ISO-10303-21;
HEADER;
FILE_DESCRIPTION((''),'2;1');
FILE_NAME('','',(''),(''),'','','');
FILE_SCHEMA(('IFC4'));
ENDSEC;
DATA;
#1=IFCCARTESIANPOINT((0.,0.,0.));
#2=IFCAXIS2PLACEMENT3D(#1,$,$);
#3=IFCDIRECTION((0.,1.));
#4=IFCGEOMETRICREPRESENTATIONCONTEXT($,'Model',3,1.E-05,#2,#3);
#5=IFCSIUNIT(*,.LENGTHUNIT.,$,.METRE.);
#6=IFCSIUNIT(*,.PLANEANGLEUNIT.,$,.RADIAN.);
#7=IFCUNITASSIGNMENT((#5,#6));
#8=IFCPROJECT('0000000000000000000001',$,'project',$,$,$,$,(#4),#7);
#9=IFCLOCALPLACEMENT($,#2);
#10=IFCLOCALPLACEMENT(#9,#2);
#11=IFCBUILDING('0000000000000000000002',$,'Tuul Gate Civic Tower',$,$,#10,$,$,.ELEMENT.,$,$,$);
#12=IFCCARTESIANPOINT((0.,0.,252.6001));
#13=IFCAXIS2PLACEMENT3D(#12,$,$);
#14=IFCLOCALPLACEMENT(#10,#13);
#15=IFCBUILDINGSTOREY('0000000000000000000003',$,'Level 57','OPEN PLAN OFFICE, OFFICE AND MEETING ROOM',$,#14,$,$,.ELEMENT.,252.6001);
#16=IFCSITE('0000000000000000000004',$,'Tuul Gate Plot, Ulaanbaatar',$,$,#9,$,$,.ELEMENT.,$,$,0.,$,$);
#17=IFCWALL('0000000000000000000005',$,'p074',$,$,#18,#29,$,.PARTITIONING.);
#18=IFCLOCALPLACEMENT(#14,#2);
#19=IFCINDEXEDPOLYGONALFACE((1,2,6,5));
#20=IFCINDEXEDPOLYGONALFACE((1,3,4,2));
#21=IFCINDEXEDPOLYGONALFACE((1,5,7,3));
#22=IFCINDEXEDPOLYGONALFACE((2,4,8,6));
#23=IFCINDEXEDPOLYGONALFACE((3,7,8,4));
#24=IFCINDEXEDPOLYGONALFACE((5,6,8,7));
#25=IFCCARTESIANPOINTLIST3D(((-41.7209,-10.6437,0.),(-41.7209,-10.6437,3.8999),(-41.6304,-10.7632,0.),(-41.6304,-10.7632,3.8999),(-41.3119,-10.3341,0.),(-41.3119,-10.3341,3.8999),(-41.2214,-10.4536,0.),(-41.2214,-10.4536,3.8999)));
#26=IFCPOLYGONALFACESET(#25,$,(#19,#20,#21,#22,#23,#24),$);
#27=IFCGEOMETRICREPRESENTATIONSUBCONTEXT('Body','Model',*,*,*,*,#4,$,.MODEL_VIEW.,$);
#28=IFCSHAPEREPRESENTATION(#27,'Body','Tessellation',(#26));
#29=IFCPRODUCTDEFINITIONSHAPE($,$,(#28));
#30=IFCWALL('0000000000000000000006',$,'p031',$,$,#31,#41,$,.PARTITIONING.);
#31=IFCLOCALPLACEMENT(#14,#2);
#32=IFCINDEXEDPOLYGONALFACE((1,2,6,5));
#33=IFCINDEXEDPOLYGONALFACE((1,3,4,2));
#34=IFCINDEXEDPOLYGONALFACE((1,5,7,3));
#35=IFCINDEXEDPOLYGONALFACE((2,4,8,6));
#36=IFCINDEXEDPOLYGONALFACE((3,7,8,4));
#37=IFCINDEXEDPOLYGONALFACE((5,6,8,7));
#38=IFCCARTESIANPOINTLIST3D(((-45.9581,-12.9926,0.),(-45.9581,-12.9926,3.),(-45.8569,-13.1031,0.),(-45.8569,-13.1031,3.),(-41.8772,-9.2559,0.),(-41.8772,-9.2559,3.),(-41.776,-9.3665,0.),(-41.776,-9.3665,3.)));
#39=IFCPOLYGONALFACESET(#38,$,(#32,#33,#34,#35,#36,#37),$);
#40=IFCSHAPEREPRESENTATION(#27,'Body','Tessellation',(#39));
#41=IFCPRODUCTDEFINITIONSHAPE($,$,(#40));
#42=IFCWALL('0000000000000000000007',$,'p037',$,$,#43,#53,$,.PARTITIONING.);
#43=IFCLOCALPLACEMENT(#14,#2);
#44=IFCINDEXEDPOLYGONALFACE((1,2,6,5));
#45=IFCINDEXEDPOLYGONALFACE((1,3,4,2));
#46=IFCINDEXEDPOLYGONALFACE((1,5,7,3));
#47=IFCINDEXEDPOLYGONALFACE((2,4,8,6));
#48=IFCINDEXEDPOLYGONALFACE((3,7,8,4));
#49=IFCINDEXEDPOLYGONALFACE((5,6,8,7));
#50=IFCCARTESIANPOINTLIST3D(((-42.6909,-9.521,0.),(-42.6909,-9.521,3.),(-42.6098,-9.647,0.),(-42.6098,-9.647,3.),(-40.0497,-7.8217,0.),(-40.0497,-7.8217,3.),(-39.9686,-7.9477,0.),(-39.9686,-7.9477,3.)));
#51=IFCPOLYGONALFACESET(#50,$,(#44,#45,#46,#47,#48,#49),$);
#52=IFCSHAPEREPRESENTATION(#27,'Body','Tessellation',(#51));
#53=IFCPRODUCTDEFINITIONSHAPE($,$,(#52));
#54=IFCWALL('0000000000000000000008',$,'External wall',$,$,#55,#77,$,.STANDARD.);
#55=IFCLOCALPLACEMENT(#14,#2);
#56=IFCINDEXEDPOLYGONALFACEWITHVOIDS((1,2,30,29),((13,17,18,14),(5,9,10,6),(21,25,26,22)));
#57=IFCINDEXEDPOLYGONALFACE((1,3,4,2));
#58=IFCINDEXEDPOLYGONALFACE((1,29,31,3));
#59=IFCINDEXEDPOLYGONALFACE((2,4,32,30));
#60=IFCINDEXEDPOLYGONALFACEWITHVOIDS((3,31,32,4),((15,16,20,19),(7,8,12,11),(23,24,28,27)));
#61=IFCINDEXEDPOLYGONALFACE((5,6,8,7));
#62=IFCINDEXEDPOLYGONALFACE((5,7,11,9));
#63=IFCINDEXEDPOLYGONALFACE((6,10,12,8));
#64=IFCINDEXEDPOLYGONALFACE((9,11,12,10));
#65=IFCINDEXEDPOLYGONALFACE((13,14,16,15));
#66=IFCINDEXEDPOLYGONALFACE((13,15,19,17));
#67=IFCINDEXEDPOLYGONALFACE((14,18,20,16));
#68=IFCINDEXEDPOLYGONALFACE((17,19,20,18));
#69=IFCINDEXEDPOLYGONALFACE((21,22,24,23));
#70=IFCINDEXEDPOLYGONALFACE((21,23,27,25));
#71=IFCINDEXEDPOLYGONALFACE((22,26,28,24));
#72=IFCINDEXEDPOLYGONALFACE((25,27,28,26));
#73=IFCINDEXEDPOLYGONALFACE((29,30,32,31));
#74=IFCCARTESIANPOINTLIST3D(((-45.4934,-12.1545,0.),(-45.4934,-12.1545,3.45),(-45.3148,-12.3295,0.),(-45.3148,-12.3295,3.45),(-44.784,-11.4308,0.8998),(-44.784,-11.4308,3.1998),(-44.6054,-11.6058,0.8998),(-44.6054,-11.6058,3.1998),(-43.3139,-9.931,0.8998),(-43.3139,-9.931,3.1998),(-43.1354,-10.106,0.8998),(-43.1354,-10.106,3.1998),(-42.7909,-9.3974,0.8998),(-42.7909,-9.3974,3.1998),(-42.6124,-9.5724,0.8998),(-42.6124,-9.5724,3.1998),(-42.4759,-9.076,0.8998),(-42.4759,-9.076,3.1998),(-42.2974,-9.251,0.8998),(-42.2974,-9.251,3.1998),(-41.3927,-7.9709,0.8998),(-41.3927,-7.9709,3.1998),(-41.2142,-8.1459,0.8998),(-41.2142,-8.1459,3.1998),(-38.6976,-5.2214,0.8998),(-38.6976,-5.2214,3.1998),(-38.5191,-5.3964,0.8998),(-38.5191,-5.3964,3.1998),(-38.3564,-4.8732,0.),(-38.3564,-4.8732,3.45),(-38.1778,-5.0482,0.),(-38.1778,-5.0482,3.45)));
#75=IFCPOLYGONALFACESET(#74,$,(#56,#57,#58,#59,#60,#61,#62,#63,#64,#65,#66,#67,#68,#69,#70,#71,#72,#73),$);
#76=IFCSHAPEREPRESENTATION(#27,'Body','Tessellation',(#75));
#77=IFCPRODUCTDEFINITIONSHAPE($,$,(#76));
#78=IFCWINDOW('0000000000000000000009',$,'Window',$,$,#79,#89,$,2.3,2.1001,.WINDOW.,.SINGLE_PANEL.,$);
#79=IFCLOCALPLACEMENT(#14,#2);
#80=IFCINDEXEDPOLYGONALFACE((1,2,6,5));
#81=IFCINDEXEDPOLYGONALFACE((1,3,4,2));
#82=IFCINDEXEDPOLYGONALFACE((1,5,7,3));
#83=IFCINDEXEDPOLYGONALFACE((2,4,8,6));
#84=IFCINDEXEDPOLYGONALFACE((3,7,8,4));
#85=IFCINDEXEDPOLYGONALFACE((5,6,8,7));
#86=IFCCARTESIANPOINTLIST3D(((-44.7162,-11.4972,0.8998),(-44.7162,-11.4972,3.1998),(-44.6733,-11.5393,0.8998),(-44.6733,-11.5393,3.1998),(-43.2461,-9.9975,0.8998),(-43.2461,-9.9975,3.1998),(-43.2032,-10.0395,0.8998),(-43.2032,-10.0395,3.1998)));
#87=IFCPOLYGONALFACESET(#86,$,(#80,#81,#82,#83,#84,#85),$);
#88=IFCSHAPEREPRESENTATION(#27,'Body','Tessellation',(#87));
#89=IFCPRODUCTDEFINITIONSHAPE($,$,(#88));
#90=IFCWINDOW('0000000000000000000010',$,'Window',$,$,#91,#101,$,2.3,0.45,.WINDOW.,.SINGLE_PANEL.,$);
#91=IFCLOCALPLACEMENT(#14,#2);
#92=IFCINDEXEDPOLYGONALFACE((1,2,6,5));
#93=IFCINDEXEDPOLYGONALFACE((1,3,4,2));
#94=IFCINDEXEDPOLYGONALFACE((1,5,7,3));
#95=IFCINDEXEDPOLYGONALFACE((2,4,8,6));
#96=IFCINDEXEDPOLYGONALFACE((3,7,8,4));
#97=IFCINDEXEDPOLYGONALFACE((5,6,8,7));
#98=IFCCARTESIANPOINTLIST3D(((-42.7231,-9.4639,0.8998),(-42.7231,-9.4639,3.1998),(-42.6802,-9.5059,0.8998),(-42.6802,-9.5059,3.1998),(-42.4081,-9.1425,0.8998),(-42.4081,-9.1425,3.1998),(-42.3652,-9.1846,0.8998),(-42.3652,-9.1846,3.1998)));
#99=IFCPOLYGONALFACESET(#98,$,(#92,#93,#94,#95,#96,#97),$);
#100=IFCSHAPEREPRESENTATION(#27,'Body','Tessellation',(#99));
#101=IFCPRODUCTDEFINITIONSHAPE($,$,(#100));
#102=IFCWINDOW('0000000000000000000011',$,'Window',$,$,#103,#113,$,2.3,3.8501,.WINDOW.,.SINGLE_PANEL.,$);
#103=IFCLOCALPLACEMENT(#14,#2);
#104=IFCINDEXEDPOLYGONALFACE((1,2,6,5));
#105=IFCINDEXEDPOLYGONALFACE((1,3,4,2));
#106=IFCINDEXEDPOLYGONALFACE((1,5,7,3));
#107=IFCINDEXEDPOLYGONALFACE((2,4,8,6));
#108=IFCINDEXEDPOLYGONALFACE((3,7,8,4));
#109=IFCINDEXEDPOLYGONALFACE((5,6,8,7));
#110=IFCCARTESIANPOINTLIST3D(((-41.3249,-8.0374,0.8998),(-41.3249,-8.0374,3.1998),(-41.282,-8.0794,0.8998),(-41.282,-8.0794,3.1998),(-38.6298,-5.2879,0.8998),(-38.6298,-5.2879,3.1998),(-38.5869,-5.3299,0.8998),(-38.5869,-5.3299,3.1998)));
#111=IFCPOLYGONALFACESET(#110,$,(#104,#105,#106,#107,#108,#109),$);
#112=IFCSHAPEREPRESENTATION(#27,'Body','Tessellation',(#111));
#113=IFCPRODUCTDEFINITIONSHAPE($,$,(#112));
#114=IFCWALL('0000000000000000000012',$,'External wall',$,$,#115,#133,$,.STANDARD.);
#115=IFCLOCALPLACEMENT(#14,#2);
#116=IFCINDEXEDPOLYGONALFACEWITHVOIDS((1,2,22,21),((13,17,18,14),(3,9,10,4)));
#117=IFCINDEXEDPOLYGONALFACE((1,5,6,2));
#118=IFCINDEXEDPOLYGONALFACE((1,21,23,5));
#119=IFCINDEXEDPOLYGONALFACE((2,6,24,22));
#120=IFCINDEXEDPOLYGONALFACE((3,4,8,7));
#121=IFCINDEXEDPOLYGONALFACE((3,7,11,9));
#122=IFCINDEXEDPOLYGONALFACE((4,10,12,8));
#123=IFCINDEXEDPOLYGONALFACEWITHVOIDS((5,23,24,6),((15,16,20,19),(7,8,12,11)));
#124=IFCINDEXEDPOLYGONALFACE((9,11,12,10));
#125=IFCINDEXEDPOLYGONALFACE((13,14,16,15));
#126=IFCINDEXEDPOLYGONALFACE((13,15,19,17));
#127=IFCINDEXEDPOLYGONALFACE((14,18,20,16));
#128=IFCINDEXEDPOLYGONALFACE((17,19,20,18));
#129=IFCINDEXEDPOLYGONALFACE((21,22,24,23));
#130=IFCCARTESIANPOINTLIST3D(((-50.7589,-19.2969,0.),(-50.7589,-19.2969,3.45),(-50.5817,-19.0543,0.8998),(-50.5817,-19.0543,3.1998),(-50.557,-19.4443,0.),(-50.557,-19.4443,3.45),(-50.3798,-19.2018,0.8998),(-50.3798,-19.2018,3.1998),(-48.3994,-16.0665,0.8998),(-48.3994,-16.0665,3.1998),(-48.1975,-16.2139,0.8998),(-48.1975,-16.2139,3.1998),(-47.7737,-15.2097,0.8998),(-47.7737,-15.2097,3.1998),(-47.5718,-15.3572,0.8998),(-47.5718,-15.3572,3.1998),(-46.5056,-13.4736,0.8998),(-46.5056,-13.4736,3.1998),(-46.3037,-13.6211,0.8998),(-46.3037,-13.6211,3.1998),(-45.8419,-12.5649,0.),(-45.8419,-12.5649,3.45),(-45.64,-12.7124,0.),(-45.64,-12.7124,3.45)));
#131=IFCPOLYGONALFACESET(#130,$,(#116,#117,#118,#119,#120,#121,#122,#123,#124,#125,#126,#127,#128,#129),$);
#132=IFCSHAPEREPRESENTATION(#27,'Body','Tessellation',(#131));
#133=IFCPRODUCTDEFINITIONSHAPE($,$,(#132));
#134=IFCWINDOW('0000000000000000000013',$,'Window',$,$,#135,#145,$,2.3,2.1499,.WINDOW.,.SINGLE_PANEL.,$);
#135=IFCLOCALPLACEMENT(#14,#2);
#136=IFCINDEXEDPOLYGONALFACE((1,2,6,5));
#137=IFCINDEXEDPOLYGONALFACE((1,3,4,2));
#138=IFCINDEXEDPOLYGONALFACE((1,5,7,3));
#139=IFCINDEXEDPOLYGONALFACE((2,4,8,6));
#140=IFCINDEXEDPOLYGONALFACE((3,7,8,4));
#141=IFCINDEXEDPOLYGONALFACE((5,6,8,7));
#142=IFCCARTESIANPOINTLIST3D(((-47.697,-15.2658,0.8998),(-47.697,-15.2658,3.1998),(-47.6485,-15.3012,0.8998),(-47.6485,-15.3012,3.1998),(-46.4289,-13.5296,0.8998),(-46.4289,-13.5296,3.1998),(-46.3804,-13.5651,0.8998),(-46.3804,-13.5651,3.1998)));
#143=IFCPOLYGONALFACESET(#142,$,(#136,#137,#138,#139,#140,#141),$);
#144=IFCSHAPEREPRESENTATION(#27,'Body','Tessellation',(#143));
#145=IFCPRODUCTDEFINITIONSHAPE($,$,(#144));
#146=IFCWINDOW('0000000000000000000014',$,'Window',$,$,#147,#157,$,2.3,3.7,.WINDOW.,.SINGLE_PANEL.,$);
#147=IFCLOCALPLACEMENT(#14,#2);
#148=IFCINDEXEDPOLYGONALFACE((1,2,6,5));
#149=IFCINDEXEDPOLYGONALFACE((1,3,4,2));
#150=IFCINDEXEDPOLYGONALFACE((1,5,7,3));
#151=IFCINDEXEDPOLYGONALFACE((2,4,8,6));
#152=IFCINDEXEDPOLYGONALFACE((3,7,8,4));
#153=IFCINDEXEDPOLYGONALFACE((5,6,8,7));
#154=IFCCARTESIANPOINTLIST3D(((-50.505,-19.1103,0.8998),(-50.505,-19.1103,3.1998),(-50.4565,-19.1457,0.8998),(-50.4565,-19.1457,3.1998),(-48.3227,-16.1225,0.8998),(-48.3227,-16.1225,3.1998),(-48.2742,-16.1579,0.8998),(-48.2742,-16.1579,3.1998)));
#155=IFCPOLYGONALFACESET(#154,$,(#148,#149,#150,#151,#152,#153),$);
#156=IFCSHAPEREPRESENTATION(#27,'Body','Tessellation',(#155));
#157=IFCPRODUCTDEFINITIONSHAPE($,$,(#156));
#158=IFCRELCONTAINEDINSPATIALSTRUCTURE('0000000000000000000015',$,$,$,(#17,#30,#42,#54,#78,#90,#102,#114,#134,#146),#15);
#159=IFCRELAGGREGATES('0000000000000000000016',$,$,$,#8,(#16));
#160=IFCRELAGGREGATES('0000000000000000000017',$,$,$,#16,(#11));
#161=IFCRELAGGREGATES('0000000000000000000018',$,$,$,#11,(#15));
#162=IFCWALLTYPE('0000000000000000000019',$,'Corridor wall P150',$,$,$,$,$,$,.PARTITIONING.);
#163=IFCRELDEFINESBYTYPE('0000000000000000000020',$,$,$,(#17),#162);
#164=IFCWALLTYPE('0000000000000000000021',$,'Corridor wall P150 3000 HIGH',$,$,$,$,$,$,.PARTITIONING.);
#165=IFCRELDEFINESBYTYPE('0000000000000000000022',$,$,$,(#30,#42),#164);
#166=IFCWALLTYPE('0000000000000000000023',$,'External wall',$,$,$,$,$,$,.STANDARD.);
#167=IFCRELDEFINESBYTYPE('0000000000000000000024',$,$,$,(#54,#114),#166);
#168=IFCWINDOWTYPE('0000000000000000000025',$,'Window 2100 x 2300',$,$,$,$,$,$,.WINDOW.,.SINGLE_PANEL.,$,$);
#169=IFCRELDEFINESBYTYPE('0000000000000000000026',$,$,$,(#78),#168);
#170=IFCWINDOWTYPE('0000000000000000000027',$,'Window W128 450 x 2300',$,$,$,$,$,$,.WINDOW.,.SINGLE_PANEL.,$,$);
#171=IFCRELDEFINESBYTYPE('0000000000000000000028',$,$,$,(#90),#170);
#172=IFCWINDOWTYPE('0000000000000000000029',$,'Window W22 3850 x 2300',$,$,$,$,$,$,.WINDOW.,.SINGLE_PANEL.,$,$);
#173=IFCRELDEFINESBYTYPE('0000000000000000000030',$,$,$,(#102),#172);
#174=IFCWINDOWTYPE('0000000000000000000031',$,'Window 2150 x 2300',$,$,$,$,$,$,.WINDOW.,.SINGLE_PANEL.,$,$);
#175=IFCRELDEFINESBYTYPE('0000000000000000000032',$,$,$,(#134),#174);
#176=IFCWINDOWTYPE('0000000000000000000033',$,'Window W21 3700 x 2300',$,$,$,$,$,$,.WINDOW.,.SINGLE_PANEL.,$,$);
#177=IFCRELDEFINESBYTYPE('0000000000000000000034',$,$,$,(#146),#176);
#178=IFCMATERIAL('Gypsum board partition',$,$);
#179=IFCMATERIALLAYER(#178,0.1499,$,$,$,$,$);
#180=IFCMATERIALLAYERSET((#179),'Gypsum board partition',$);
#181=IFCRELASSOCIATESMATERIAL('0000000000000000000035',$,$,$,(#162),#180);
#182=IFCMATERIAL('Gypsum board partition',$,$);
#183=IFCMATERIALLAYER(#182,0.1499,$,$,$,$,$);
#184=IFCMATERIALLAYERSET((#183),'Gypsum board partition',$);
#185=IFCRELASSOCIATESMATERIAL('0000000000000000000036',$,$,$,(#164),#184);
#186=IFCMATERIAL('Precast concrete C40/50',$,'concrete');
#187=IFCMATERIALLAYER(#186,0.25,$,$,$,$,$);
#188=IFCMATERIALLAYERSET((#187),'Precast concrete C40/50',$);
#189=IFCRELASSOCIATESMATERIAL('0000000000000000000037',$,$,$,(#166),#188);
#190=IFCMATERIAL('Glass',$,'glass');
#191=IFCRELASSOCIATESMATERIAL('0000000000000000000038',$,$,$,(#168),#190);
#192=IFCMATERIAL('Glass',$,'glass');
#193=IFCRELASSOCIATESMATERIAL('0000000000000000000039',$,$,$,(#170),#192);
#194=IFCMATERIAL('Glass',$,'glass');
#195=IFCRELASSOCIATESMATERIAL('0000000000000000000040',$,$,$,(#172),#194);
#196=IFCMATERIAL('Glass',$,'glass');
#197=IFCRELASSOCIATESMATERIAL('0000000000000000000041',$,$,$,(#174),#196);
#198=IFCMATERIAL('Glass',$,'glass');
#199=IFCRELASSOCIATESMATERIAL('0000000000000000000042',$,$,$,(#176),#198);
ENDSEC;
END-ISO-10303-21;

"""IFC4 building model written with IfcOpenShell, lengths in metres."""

from ifc_helpers import new_model, si_unit, direction, frame, frame_2d, origin, place, context, subcontext, project, spatial, rectangle, extrude, material, layer, layer_set, type_object, element, fill, save


model = new_model("IFC4")

# Units and contexts
model_context = context("Model", 3, precision=1e-05, world=origin(), true_north=direction((0.0, 1.0)))
body_context = subcontext(model_context, "Body", "Model", "MODEL_VIEW")
ifc_project = project(units=[si_unit("LENGTHUNIT", "METRE"), si_unit("PLANEANGLEUNIT", "RADIAN")], contexts=[model_context])

# Site, building, storey
site_placement = place(None, origin())
site = spatial("IfcSite", under=ifc_project, at=site_placement, Name="Tuul Gate Plot, Ulaanbaatar", CompositionType="ELEMENT", RefElevation=0.0)
building_placement = place(site_placement, origin())
building = spatial("IfcBuilding", under=site, at=building_placement, Name="Tuul Gate Civic Tower", CompositionType="ELEMENT")
storey_placement = place(building_placement, frame((0.0, 0.0, 252.6001)))
storey = spatial("IfcBuildingStorey", under=building, at=storey_placement, Name="Level 57", Description="OPEN PLAN OFFICE, OFFICE AND MEETING ROOM", CompositionType="ELEMENT", Elevation=252.6001)

# Shared definitions
ifc_material_1 = material(Name="Gypsum board partition")
ifc_layer_1 = layer(ifc_material_1, 0.1499)
ifc_layer_set_1 = layer_set([ifc_layer_1], Name="Gypsum board partition")
wall_type_1 = type_object("IfcWallType", Name="Corridor wall P150", PredefinedType="PARTITIONING", material=ifc_layer_set_1)

# Walls
wall_1_placement = place(storey_placement, frame((-41.6755, -10.7034, 0.0), z_axis=(0.0, 0.0, 1.0), x_axis=(0.797307, 0.603574, 0.0)))
element("IfcWall", 1, at=wall_1_placement, inside=storey, type_object=wall_type_1, Name="p074", PredefinedType="PARTITIONING", context=body_context, shape_type="SweptSolid", body=[
    extrude(rectangle(XDim=0.5129, YDim=0.1499, at=frame_2d((0.2563, 0.0))), origin(), (0.0, 0.0, 1.0), 3.8999),
])
ifc_material_2 = material(Name="Gypsum board partition")
ifc_layer_2 = layer(ifc_material_2, 0.1499)
ifc_layer_set_2 = layer_set([ifc_layer_2], Name="Gypsum board partition")
wall_type_2 = type_object("IfcWallType", Name="Corridor wall P150 3000 HIGH", PredefinedType="PARTITIONING", material=ifc_layer_set_2)
wall_2_placement = place(storey_placement, frame((-45.9075, -13.0479, 0.0), z_axis=(0.0, 0.0, 1.0), x_axis=(0.737529, 0.675315, 0.0)))
element("IfcWall", 2, at=wall_2_placement, inside=storey, type_object=wall_type_2, Name="p031", PredefinedType="PARTITIONING", context=body_context, shape_type="SweptSolid", body=[
    extrude(rectangle(XDim=5.5332, YDim=0.1499, at=frame_2d((2.7666, 0.0))), origin(), (0.0, 0.0, 1.0), 3.0),
])
wall_3_placement = place(storey_placement, frame((-42.6504, -9.584, 0.0), z_axis=(0.0, 0.0, 1.0), x_axis=(0.840981, 0.541064, 0.0)))
element("IfcWall", 3, at=wall_3_placement, inside=storey, type_object=wall_type_2, Name="p037", PredefinedType="PARTITIONING", context=body_context, shape_type="SweptSolid", body=[
    extrude(rectangle(XDim=3.1406, YDim=0.1499, at=frame_2d((1.5703, 0.0))), origin(), (0.0, 0.0, 1.0), 3.0),
])

# Walls, openings, windows
ifc_material_3 = material(Name="Precast concrete C40/50", Category="concrete")
ifc_layer_3 = layer(ifc_material_3, 0.25)
ifc_layer_set_3 = layer_set([ifc_layer_3], Name="Precast concrete C40/50")
wall_type_3 = type_object("IfcWallType", Name="External wall", PredefinedType="STANDARD", material=ifc_layer_set_3)
wall_4_placement = place(storey_placement, frame((-38.2671, -4.9607, 0.0), z_axis=(0.0, 0.0, 1.0), x_axis=(-0.699996, -0.714147, 0.0)))
wall_4 = element("IfcWall", 4, at=wall_4_placement, inside=storey, type_object=wall_type_3, Name="External wall", PredefinedType="STANDARD", context=body_context, shape_type="SweptSolid", body=[
    extrude(rectangle(XDim=10.1958, YDim=0.25, at=frame_2d((5.0979, 0.0))), origin(), (0.0, 0.0, 1.0), 3.45),
])
opening_1_placement = place(wall_4_placement, frame((0.4875, 0.0, 0.8999)))
opening_1 = element("IfcOpeningElement", 5, at=opening_1_placement, cuts=wall_4, PredefinedType="OPENING", context=body_context, shape_type="SweptSolid", body=[
    extrude(rectangle(XDim=3.8501, YDim=2.3, at=frame_2d((1.925, 1.1499))), frame((0.0, 0.135, 0.0), z_axis=(0.0, -1.0, 0.0), x_axis=(1.0, 0.0, 0.0)), (0.0, 0.0, 1.0), 0.27),
])
opening_2_placement = place(wall_4_placement, frame((5.885, 0.0, 0.8999)))
opening_2 = element("IfcOpeningElement", 6, at=opening_2_placement, cuts=wall_4, PredefinedType="OPENING", context=body_context, shape_type="SweptSolid", body=[
    extrude(rectangle(XDim=0.45, YDim=2.3, at=frame_2d((0.2251, 1.1499))), frame((0.0, 0.135, 0.0), z_axis=(0.0, -1.0, 0.0), x_axis=(1.0, 0.0, 0.0)), (0.0, 0.0, 1.0), 0.27),
])
opening_3_placement = place(wall_4_placement, frame((7.0823, 0.0, 0.8999)))
opening_3 = element("IfcOpeningElement", 7, at=opening_3_placement, cuts=wall_4, PredefinedType="OPENING", context=body_context, shape_type="SweptSolid", body=[
    extrude(rectangle(XDim=2.1001, YDim=2.3, at=frame_2d((1.05, 1.1499))), frame((0.0, 0.135, 0.0), z_axis=(0.0, -1.0, 0.0), x_axis=(1.0, 0.0, 0.0)), (0.0, 0.0, 1.0), 0.27),
])
ifc_material_4 = material(Name="Glass", Category="glass")
window_type_1 = type_object("IfcWindowType", Name="Window 2100 x 2300", PartitioningType="SINGLE_PANEL", PredefinedType="WINDOW", material=ifc_material_4)
window_1_placement = place(opening_3_placement, origin())
window_1 = element("IfcWindow", 8, at=window_1_placement, inside=storey, type_object=window_type_1, Name="Window", OverallHeight=2.3, OverallWidth=2.1001, PartitioningType="SINGLE_PANEL", PredefinedType="WINDOW", context=body_context, shape_type="SweptSolid", body=[
    extrude(rectangle(XDim=2.1001, YDim=2.3, at=frame_2d((1.05, 1.1499))), frame((0.0, 0.03, 0.0), z_axis=(0.0, -1.0, 0.0), x_axis=(1.0, 0.0, 0.0)), (0.0, 0.0, 1.0), 0.0601),
])
fill(opening_3, window_1)
ifc_material_5 = material(Name="Glass", Category="glass")
window_type_2 = type_object("IfcWindowType", Name="Window W128 450 x 2300", PartitioningType="SINGLE_PANEL", PredefinedType="WINDOW", material=ifc_material_5)
window_2_placement = place(opening_2_placement, origin())
window_2 = element("IfcWindow", 9, at=window_2_placement, inside=storey, type_object=window_type_2, Name="Window", OverallHeight=2.3, OverallWidth=0.45, PartitioningType="SINGLE_PANEL", PredefinedType="WINDOW", context=body_context, shape_type="SweptSolid", body=[
    extrude(rectangle(XDim=0.45, YDim=2.3, at=frame_2d((0.2251, 1.1499))), frame((0.0, 0.03, 0.0), z_axis=(0.0, -1.0, 0.0), x_axis=(1.0, 0.0, 0.0)), (0.0, 0.0, 1.0), 0.0601),
])
fill(opening_2, window_2)
ifc_material_6 = material(Name="Glass", Category="glass")
window_type_3 = type_object("IfcWindowType", Name="Window W22 3850 x 2300", PartitioningType="SINGLE_PANEL", PredefinedType="WINDOW", material=ifc_material_6)
window_3_placement = place(opening_1_placement, origin())
window_3 = element("IfcWindow", 10, at=window_3_placement, inside=storey, type_object=window_type_3, Name="Window", OverallHeight=2.3, OverallWidth=3.8501, PartitioningType="SINGLE_PANEL", PredefinedType="WINDOW", context=body_context, shape_type="SweptSolid", body=[
    extrude(rectangle(XDim=3.8501, YDim=2.3, at=frame_2d((1.925, 1.1499))), frame((0.0, 0.03, 0.0), z_axis=(0.0, -1.0, 0.0), x_axis=(1.0, 0.0, 0.0)), (0.0, 0.0, 1.0), 0.0601),
])
fill(opening_1, window_3)
wall_5_placement = place(storey_placement, frame((-45.741, -12.6387, 0.0), z_axis=(0.0, 0.0, 1.0), x_axis=(-0.589821, -0.807534, 0.0)))
wall_5 = element("IfcWall", 11, at=wall_5_placement, inside=storey, type_object=wall_type_3, Name="External wall", PredefinedType="STANDARD", context=body_context, shape_type="SweptSolid", body=[
    extrude(rectangle(XDim=8.3364, YDim=0.25, at=frame_2d((4.1682, 0.0))), origin(), (0.0, 0.0, 1.0), 3.45),
])
opening_4_placement = place(wall_5_placement, frame((4.3359, 0.0, 0.8999)))
opening_4 = element("IfcOpeningElement", 12, at=opening_4_placement, cuts=wall_5, PredefinedType="OPENING", context=body_context, shape_type="SweptSolid", body=[
    extrude(rectangle(XDim=3.7, YDim=2.3, at=frame_2d((1.8501, 1.1499))), frame((0.0, 0.135, 0.0), z_axis=(0.0, -1.0, 0.0), x_axis=(1.0, 0.0, 0.0)), (0.0, 0.0, 1.0), 0.27),
])
opening_5_placement = place(wall_5_placement, frame((1.1252, 0.0, 0.8999)))
opening_5 = element("IfcOpeningElement", 13, at=opening_5_placement, cuts=wall_5, PredefinedType="OPENING", context=body_context, shape_type="SweptSolid", body=[
    extrude(rectangle(XDim=2.1499, YDim=2.3, at=frame_2d((1.075, 1.1499))), frame((0.0, 0.135, 0.0), z_axis=(0.0, -1.0, 0.0), x_axis=(1.0, 0.0, 0.0)), (0.0, 0.0, 1.0), 0.27),
])
ifc_material_7 = material(Name="Glass", Category="glass")
window_type_4 = type_object("IfcWindowType", Name="Window 2150 x 2300", PartitioningType="SINGLE_PANEL", PredefinedType="WINDOW", material=ifc_material_7)
window_4_placement = place(opening_5_placement, origin())
window_4 = element("IfcWindow", 14, at=window_4_placement, inside=storey, type_object=window_type_4, Name="Window", OverallHeight=2.3, OverallWidth=2.1499, PartitioningType="SINGLE_PANEL", PredefinedType="WINDOW", context=body_context, shape_type="SweptSolid", body=[
    extrude(rectangle(XDim=2.1499, YDim=2.3, at=frame_2d((1.075, 1.1499))), frame((0.0, 0.03, 0.0), z_axis=(0.0, -1.0, 0.0), x_axis=(1.0, 0.0, 0.0)), (0.0, 0.0, 1.0), 0.0601),
])
fill(opening_5, window_4)
ifc_material_8 = material(Name="Glass", Category="glass")
window_type_5 = type_object("IfcWindowType", Name="Window W21 3700 x 2300", PartitioningType="SINGLE_PANEL", PredefinedType="WINDOW", material=ifc_material_8)
window_5_placement = place(opening_4_placement, origin())
window_5 = element("IfcWindow", 15, at=window_5_placement, inside=storey, type_object=window_type_5, Name="Window", OverallHeight=2.3, OverallWidth=3.7, PartitioningType="SINGLE_PANEL", PredefinedType="WINDOW", context=body_context, shape_type="SweptSolid", body=[
    extrude(rectangle(XDim=3.7, YDim=2.3, at=frame_2d((1.8501, 1.1499))), frame((0.0, 0.03, 0.0), z_axis=(0.0, -1.0, 0.0), x_axis=(1.0, 0.0, 0.0)), (0.0, 0.0, 1.0), 0.0601),
])
fill(opening_4, window_5)

save(model, "model.ifc")
